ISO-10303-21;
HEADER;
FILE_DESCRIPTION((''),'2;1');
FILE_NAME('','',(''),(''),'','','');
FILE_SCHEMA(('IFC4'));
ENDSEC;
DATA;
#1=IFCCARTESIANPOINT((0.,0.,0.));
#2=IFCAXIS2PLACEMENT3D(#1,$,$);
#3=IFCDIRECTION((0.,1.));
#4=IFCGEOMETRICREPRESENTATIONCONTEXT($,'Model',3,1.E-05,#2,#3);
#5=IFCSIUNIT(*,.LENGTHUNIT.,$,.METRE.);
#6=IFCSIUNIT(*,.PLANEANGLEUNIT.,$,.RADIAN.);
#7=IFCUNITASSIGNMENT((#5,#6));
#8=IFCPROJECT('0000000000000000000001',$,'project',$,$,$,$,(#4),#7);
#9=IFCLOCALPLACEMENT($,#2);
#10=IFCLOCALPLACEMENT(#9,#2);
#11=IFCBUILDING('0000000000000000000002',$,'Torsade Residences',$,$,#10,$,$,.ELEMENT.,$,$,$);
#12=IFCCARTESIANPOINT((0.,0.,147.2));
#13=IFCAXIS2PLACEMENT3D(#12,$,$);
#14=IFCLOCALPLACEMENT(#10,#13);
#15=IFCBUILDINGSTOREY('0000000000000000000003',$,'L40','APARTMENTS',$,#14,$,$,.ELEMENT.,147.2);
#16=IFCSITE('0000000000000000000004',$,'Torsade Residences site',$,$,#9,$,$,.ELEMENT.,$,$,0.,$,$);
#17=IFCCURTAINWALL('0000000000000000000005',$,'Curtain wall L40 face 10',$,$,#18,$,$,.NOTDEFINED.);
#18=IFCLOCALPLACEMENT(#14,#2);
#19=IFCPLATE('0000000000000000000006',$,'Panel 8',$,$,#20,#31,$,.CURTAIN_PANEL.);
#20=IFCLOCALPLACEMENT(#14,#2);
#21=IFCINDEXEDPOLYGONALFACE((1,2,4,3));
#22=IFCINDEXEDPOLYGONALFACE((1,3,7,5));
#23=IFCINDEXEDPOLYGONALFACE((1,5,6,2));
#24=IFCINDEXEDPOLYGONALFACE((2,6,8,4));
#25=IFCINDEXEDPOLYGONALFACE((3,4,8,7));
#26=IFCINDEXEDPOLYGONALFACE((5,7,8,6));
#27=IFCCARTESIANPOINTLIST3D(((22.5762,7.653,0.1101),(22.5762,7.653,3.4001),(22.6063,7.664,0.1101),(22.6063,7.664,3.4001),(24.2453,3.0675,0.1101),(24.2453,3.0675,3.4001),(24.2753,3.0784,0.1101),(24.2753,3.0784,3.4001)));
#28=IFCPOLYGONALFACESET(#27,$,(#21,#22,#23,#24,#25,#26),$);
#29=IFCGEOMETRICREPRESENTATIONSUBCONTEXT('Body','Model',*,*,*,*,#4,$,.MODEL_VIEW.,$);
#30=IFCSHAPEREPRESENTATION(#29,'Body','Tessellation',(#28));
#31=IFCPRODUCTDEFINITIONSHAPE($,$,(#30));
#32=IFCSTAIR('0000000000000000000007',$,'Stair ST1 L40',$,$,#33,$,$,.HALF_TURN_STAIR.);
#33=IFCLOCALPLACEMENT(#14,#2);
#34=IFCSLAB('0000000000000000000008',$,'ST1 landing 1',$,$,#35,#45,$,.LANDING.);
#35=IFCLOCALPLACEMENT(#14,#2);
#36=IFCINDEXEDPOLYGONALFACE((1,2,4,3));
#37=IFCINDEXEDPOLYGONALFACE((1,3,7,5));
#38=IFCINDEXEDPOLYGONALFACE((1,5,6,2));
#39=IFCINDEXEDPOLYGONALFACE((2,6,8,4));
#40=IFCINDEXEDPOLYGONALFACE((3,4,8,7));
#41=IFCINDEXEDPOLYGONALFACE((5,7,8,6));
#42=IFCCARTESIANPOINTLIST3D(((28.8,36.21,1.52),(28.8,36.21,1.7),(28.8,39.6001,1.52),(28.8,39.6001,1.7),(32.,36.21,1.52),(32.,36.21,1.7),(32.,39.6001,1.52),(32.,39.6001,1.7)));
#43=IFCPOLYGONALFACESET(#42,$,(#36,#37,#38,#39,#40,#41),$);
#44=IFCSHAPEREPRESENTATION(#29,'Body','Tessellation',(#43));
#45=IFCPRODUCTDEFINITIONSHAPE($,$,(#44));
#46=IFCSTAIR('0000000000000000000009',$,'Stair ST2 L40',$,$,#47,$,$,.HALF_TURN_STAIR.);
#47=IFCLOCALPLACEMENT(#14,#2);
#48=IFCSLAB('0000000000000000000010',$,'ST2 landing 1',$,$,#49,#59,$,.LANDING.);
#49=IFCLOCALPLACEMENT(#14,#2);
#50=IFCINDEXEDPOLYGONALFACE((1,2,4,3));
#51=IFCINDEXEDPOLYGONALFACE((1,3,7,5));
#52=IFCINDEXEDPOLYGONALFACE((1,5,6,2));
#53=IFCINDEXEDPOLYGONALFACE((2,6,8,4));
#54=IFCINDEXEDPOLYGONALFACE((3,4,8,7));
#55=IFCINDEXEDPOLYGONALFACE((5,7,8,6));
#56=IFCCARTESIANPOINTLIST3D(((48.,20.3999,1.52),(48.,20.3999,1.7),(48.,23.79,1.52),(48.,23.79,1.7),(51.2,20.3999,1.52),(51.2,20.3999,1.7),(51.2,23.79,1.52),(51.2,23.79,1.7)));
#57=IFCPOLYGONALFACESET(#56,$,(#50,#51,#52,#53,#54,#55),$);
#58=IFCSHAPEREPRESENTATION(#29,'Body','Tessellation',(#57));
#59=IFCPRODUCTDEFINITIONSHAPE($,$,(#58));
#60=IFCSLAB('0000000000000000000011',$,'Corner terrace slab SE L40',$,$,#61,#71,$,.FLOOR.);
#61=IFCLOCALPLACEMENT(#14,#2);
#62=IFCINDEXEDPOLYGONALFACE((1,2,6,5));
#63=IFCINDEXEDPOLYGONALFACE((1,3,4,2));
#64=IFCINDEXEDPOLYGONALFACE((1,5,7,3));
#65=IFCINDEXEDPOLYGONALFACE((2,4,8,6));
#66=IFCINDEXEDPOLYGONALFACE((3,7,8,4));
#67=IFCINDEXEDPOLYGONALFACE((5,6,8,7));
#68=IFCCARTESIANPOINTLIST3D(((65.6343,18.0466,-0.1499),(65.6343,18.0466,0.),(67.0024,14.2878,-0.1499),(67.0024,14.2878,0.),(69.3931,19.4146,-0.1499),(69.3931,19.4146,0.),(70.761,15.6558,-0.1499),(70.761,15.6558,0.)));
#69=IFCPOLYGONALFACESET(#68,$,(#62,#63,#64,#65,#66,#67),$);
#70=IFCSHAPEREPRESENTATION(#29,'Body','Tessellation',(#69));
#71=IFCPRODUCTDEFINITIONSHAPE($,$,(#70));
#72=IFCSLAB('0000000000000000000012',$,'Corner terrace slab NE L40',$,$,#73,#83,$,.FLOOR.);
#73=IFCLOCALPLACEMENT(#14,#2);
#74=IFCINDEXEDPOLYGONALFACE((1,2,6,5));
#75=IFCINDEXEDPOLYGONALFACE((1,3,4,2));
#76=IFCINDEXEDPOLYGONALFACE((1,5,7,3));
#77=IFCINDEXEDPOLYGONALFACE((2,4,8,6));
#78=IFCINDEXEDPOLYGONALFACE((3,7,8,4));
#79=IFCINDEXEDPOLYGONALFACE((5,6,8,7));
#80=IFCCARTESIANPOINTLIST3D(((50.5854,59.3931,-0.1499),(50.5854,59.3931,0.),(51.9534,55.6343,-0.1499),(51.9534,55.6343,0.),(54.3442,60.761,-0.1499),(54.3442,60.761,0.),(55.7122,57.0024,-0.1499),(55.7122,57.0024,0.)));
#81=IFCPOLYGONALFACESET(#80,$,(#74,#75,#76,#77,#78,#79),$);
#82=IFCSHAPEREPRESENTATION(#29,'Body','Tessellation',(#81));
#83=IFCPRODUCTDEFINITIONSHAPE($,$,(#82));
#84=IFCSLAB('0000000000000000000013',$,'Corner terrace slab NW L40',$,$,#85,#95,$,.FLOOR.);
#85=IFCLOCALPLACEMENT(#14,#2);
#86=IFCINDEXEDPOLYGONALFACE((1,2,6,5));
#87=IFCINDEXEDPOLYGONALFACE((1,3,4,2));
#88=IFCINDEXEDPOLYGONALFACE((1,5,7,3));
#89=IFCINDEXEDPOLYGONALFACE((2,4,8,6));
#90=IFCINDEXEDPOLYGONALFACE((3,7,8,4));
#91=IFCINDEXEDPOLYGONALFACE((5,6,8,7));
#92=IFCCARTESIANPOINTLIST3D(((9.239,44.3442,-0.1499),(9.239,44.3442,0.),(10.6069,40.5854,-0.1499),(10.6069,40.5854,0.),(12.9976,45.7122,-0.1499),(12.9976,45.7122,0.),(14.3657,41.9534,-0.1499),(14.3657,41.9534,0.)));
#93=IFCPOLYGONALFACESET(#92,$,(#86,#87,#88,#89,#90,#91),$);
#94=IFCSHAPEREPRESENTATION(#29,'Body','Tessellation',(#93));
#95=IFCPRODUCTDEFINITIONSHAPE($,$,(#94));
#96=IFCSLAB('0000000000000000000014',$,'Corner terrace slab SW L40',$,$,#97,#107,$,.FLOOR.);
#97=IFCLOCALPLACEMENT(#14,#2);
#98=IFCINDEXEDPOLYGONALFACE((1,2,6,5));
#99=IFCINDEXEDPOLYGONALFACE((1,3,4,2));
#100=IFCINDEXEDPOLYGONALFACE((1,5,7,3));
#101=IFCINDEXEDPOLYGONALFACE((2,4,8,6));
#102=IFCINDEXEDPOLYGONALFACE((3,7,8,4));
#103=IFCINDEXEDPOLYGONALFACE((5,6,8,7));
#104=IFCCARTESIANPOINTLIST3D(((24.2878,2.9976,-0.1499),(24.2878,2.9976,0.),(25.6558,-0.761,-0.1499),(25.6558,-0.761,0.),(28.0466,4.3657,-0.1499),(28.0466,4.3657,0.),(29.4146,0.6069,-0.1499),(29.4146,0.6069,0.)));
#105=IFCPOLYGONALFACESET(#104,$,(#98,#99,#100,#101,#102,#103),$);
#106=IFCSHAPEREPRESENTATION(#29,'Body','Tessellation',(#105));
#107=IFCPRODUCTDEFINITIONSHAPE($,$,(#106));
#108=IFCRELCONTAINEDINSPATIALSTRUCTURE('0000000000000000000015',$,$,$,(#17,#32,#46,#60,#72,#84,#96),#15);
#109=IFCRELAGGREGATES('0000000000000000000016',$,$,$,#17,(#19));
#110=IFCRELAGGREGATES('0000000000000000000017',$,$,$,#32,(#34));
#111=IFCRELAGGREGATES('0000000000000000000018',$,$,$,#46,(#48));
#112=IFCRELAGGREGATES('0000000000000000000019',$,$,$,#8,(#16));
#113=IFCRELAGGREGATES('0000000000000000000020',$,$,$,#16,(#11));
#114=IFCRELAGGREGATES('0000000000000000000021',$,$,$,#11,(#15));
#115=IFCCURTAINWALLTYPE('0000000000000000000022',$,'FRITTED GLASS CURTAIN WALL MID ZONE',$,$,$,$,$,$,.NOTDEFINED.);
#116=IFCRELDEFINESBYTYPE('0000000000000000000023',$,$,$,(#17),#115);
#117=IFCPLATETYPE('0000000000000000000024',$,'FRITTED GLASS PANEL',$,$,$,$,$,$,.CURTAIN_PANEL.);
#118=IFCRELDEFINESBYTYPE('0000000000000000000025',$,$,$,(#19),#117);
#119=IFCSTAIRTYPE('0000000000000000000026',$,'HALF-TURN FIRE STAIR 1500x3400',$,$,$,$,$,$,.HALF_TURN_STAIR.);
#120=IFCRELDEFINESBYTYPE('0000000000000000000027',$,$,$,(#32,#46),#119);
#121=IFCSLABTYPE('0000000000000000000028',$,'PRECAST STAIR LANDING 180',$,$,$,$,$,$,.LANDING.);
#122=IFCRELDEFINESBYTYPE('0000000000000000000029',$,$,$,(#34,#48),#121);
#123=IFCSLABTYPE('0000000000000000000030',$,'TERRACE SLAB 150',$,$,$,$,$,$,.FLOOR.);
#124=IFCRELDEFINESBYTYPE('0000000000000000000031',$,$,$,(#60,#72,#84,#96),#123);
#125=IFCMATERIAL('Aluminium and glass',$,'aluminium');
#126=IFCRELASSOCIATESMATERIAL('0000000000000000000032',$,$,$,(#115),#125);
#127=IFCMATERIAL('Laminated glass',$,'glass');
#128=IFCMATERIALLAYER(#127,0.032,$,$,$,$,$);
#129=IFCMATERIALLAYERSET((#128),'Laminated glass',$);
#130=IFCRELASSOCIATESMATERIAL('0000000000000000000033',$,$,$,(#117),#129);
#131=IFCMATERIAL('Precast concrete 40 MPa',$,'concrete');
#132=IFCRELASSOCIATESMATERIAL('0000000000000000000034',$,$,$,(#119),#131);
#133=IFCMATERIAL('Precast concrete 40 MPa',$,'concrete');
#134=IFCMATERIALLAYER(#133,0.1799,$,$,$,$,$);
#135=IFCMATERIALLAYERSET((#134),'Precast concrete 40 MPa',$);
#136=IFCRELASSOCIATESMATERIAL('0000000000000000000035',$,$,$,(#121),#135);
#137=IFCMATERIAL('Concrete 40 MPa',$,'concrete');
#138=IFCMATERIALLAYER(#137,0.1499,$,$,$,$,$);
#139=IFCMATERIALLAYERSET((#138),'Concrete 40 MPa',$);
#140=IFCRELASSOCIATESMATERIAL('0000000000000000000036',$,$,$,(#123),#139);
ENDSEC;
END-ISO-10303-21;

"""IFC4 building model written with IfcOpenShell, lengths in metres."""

from ifc_helpers import new_model, si_unit, direction, frame, origin, origin_2d, place, context, subcontext, project, spatial, polyline, rectangle, outline, extrude, material, layer, layer_set, type_object, element, aggregate, save


model = new_model("IFC4")

# Units and contexts
model_context = context("Model", 3, precision=1e-05, world=origin(), true_north=direction((0.0, 1.0)))
body_context = subcontext(model_context, "Body", "Model", "MODEL_VIEW")
ifc_project = project(units=[si_unit("LENGTHUNIT", "METRE"), si_unit("PLANEANGLEUNIT", "RADIAN")], contexts=[model_context])

# Site, building, storey
site_placement = place(None, origin())
site = spatial("IfcSite", under=ifc_project, at=site_placement, Name="Torsade Residences site", CompositionType="ELEMENT", RefElevation=0.0)
building_placement = place(site_placement, origin())
building = spatial("IfcBuilding", under=site, at=building_placement, Name="Torsade Residences", CompositionType="ELEMENT")
storey_placement = place(building_placement, frame((0.0, 0.0, 147.2)))
storey = spatial("IfcBuildingStorey", under=building, at=storey_placement, Name="L40", Description="APARTMENTS", CompositionType="ELEMENT", Elevation=147.2)

# Curtain wall
ifc_material_1 = material(Name="Aluminium and glass", Category="aluminium")
curtain_wall_type = type_object("IfcCurtainWallType", Name="FRITTED GLASS CURTAIN WALL MID ZONE", PredefinedType="NOTDEFINED", material=ifc_material_1)
curtain_wall_placement = place(storey_placement, origin())
curtain_wall = element("IfcCurtainWall", 1, at=curtain_wall_placement, inside=storey, type_object=curtain_wall_type, Name="Curtain wall L40 face 10", PredefinedType="NOTDEFINED")

# Plate
ifc_material_2 = material(Name="Laminated glass", Category="glass")
ifc_layer_1 = layer(ifc_material_2, 0.032)
ifc_layer_set_1 = layer_set([ifc_layer_1], Name="Laminated glass")
plate_type = type_object("IfcPlateType", Name="FRITTED GLASS PANEL", PredefinedType="CURTAIN_PANEL", material=ifc_layer_set_1)
plate_1_placement = place(storey_placement, frame((23.4258, 5.3657, 0.1101), z_axis=(0.0, 0.0, 1.0), x_axis=(0.34202, -0.939693, 0.0)))
plate_1 = element("IfcPlate", 2, at=plate_1_placement, type_object=plate_type, Name="Panel 8", PredefinedType="CURTAIN_PANEL", context=body_context, shape_type="SweptSolid", body=[
    extrude(rectangle(XDim=4.8799, YDim=0.032, at=origin_2d()), origin(), (0.0, 0.0, 1.0), 3.29),
])
aggregate(curtain_wall, [plate_1])

# Stairs, slabs
ifc_material_3 = material(Name="Precast concrete 40 MPa", Category="concrete")
stair_type = type_object("IfcStairType", Name="HALF-TURN FIRE STAIR 1500x3400", PredefinedType="HALF_TURN_STAIR", material=ifc_material_3)
stair_1_placement = place(storey_placement, origin())
stair_1 = element("IfcStair", 3, at=stair_1_placement, inside=storey, type_object=stair_type, Name="Stair ST1 L40", PredefinedType="HALF_TURN_STAIR")
ifc_material_4 = material(Name="Precast concrete 40 MPa", Category="concrete")
ifc_layer_2 = layer(ifc_material_4, 0.1799)
ifc_layer_set_2 = layer_set([ifc_layer_2], Name="Precast concrete 40 MPa")
slab_type_1 = type_object("IfcSlabType", Name="PRECAST STAIR LANDING 180", PredefinedType="LANDING", material=ifc_layer_set_2)
slab_1_placement = place(storey_placement, frame((0.0, 0.0, 1.52)))
slab_1 = element("IfcSlab", 4, at=slab_1_placement, type_object=slab_type_1, Name="ST1 landing 1", PredefinedType="LANDING", context=body_context, shape_type="SweptSolid", body=[
    extrude(outline(polyline([(28.8, 36.21), (32.0, 36.21), (32.0, 39.6001), (28.8, 39.6001), (28.8, 36.21)])), origin(), (0.0, 0.0, 1.0), 0.1799),
])
aggregate(stair_1, [slab_1])
stair_2_placement = place(storey_placement, origin())
stair_2 = element("IfcStair", 5, at=stair_2_placement, inside=storey, type_object=stair_type, Name="Stair ST2 L40", PredefinedType="HALF_TURN_STAIR")
slab_2_placement = place(storey_placement, frame((0.0, 0.0, 1.52)))
slab_2 = element("IfcSlab", 6, at=slab_2_placement, type_object=slab_type_1, Name="ST2 landing 1", PredefinedType="LANDING", context=body_context, shape_type="SweptSolid", body=[
    extrude(outline(polyline([(48.0, 20.3999), (51.2, 20.3999), (51.2, 23.79), (48.0, 23.79), (48.0, 20.3999)])), origin(), (0.0, 0.0, 1.0), 0.1799),
])
aggregate(stair_2, [slab_2])

# Slabs
ifc_material_5 = material(Name="Concrete 40 MPa", Category="concrete")
ifc_layer_3 = layer(ifc_material_5, 0.1499)
ifc_layer_set_3 = layer_set([ifc_layer_3], Name="Concrete 40 MPa")
slab_type_2 = type_object("IfcSlabType", Name="TERRACE SLAB 150", PredefinedType="FLOOR", material=ifc_layer_set_3)
slab_3_placement = place(storey_placement, frame((0.0, 0.0, -0.1499)))
element("IfcSlab", 7, at=slab_3_placement, inside=storey, type_object=slab_type_2, Name="Corner terrace slab SE L40", PredefinedType="FLOOR", context=body_context, shape_type="SweptSolid", body=[
    extrude(outline(polyline([(67.0024, 14.2878), (70.761, 15.6558), (69.3931, 19.4146), (65.6343, 18.0466), (67.0024, 14.2878)])), origin(), (0.0, 0.0, 1.0), 0.1499),
])
slab_4_placement = place(storey_placement, frame((0.0, 0.0, -0.1499)))
element("IfcSlab", 8, at=slab_4_placement, inside=storey, type_object=slab_type_2, Name="Corner terrace slab NE L40", PredefinedType="FLOOR", context=body_context, shape_type="SweptSolid", body=[
    extrude(outline(polyline([(51.9534, 55.6343), (55.7122, 57.0024), (54.3442, 60.761), (50.5854, 59.3931), (51.9534, 55.6343)])), origin(), (0.0, 0.0, 1.0), 0.1499),
])
slab_5_placement = place(storey_placement, frame((0.0, 0.0, -0.1499)))
element("IfcSlab", 9, at=slab_5_placement, inside=storey, type_object=slab_type_2, Name="Corner terrace slab NW L40", PredefinedType="FLOOR", context=body_context, shape_type="SweptSolid", body=[
    extrude(outline(polyline([(10.6069, 40.5854), (14.3657, 41.9534), (12.9976, 45.7122), (9.239, 44.3442), (10.6069, 40.5854)])), origin(), (0.0, 0.0, 1.0), 0.1499),
])
slab_6_placement = place(storey_placement, frame((0.0, 0.0, -0.1499)))
element("IfcSlab", 10, at=slab_6_placement, inside=storey, type_object=slab_type_2, Name="Corner terrace slab SW L40", PredefinedType="FLOOR", context=body_context, shape_type="SweptSolid", body=[
    extrude(outline(polyline([(25.6558, -0.761), (29.4146, 0.6069), (28.0466, 4.3657), (24.2878, 2.9976), (25.6558, -0.761)])), origin(), (0.0, 0.0, 1.0), 0.1499),
])

save(model, "model.ifc")
